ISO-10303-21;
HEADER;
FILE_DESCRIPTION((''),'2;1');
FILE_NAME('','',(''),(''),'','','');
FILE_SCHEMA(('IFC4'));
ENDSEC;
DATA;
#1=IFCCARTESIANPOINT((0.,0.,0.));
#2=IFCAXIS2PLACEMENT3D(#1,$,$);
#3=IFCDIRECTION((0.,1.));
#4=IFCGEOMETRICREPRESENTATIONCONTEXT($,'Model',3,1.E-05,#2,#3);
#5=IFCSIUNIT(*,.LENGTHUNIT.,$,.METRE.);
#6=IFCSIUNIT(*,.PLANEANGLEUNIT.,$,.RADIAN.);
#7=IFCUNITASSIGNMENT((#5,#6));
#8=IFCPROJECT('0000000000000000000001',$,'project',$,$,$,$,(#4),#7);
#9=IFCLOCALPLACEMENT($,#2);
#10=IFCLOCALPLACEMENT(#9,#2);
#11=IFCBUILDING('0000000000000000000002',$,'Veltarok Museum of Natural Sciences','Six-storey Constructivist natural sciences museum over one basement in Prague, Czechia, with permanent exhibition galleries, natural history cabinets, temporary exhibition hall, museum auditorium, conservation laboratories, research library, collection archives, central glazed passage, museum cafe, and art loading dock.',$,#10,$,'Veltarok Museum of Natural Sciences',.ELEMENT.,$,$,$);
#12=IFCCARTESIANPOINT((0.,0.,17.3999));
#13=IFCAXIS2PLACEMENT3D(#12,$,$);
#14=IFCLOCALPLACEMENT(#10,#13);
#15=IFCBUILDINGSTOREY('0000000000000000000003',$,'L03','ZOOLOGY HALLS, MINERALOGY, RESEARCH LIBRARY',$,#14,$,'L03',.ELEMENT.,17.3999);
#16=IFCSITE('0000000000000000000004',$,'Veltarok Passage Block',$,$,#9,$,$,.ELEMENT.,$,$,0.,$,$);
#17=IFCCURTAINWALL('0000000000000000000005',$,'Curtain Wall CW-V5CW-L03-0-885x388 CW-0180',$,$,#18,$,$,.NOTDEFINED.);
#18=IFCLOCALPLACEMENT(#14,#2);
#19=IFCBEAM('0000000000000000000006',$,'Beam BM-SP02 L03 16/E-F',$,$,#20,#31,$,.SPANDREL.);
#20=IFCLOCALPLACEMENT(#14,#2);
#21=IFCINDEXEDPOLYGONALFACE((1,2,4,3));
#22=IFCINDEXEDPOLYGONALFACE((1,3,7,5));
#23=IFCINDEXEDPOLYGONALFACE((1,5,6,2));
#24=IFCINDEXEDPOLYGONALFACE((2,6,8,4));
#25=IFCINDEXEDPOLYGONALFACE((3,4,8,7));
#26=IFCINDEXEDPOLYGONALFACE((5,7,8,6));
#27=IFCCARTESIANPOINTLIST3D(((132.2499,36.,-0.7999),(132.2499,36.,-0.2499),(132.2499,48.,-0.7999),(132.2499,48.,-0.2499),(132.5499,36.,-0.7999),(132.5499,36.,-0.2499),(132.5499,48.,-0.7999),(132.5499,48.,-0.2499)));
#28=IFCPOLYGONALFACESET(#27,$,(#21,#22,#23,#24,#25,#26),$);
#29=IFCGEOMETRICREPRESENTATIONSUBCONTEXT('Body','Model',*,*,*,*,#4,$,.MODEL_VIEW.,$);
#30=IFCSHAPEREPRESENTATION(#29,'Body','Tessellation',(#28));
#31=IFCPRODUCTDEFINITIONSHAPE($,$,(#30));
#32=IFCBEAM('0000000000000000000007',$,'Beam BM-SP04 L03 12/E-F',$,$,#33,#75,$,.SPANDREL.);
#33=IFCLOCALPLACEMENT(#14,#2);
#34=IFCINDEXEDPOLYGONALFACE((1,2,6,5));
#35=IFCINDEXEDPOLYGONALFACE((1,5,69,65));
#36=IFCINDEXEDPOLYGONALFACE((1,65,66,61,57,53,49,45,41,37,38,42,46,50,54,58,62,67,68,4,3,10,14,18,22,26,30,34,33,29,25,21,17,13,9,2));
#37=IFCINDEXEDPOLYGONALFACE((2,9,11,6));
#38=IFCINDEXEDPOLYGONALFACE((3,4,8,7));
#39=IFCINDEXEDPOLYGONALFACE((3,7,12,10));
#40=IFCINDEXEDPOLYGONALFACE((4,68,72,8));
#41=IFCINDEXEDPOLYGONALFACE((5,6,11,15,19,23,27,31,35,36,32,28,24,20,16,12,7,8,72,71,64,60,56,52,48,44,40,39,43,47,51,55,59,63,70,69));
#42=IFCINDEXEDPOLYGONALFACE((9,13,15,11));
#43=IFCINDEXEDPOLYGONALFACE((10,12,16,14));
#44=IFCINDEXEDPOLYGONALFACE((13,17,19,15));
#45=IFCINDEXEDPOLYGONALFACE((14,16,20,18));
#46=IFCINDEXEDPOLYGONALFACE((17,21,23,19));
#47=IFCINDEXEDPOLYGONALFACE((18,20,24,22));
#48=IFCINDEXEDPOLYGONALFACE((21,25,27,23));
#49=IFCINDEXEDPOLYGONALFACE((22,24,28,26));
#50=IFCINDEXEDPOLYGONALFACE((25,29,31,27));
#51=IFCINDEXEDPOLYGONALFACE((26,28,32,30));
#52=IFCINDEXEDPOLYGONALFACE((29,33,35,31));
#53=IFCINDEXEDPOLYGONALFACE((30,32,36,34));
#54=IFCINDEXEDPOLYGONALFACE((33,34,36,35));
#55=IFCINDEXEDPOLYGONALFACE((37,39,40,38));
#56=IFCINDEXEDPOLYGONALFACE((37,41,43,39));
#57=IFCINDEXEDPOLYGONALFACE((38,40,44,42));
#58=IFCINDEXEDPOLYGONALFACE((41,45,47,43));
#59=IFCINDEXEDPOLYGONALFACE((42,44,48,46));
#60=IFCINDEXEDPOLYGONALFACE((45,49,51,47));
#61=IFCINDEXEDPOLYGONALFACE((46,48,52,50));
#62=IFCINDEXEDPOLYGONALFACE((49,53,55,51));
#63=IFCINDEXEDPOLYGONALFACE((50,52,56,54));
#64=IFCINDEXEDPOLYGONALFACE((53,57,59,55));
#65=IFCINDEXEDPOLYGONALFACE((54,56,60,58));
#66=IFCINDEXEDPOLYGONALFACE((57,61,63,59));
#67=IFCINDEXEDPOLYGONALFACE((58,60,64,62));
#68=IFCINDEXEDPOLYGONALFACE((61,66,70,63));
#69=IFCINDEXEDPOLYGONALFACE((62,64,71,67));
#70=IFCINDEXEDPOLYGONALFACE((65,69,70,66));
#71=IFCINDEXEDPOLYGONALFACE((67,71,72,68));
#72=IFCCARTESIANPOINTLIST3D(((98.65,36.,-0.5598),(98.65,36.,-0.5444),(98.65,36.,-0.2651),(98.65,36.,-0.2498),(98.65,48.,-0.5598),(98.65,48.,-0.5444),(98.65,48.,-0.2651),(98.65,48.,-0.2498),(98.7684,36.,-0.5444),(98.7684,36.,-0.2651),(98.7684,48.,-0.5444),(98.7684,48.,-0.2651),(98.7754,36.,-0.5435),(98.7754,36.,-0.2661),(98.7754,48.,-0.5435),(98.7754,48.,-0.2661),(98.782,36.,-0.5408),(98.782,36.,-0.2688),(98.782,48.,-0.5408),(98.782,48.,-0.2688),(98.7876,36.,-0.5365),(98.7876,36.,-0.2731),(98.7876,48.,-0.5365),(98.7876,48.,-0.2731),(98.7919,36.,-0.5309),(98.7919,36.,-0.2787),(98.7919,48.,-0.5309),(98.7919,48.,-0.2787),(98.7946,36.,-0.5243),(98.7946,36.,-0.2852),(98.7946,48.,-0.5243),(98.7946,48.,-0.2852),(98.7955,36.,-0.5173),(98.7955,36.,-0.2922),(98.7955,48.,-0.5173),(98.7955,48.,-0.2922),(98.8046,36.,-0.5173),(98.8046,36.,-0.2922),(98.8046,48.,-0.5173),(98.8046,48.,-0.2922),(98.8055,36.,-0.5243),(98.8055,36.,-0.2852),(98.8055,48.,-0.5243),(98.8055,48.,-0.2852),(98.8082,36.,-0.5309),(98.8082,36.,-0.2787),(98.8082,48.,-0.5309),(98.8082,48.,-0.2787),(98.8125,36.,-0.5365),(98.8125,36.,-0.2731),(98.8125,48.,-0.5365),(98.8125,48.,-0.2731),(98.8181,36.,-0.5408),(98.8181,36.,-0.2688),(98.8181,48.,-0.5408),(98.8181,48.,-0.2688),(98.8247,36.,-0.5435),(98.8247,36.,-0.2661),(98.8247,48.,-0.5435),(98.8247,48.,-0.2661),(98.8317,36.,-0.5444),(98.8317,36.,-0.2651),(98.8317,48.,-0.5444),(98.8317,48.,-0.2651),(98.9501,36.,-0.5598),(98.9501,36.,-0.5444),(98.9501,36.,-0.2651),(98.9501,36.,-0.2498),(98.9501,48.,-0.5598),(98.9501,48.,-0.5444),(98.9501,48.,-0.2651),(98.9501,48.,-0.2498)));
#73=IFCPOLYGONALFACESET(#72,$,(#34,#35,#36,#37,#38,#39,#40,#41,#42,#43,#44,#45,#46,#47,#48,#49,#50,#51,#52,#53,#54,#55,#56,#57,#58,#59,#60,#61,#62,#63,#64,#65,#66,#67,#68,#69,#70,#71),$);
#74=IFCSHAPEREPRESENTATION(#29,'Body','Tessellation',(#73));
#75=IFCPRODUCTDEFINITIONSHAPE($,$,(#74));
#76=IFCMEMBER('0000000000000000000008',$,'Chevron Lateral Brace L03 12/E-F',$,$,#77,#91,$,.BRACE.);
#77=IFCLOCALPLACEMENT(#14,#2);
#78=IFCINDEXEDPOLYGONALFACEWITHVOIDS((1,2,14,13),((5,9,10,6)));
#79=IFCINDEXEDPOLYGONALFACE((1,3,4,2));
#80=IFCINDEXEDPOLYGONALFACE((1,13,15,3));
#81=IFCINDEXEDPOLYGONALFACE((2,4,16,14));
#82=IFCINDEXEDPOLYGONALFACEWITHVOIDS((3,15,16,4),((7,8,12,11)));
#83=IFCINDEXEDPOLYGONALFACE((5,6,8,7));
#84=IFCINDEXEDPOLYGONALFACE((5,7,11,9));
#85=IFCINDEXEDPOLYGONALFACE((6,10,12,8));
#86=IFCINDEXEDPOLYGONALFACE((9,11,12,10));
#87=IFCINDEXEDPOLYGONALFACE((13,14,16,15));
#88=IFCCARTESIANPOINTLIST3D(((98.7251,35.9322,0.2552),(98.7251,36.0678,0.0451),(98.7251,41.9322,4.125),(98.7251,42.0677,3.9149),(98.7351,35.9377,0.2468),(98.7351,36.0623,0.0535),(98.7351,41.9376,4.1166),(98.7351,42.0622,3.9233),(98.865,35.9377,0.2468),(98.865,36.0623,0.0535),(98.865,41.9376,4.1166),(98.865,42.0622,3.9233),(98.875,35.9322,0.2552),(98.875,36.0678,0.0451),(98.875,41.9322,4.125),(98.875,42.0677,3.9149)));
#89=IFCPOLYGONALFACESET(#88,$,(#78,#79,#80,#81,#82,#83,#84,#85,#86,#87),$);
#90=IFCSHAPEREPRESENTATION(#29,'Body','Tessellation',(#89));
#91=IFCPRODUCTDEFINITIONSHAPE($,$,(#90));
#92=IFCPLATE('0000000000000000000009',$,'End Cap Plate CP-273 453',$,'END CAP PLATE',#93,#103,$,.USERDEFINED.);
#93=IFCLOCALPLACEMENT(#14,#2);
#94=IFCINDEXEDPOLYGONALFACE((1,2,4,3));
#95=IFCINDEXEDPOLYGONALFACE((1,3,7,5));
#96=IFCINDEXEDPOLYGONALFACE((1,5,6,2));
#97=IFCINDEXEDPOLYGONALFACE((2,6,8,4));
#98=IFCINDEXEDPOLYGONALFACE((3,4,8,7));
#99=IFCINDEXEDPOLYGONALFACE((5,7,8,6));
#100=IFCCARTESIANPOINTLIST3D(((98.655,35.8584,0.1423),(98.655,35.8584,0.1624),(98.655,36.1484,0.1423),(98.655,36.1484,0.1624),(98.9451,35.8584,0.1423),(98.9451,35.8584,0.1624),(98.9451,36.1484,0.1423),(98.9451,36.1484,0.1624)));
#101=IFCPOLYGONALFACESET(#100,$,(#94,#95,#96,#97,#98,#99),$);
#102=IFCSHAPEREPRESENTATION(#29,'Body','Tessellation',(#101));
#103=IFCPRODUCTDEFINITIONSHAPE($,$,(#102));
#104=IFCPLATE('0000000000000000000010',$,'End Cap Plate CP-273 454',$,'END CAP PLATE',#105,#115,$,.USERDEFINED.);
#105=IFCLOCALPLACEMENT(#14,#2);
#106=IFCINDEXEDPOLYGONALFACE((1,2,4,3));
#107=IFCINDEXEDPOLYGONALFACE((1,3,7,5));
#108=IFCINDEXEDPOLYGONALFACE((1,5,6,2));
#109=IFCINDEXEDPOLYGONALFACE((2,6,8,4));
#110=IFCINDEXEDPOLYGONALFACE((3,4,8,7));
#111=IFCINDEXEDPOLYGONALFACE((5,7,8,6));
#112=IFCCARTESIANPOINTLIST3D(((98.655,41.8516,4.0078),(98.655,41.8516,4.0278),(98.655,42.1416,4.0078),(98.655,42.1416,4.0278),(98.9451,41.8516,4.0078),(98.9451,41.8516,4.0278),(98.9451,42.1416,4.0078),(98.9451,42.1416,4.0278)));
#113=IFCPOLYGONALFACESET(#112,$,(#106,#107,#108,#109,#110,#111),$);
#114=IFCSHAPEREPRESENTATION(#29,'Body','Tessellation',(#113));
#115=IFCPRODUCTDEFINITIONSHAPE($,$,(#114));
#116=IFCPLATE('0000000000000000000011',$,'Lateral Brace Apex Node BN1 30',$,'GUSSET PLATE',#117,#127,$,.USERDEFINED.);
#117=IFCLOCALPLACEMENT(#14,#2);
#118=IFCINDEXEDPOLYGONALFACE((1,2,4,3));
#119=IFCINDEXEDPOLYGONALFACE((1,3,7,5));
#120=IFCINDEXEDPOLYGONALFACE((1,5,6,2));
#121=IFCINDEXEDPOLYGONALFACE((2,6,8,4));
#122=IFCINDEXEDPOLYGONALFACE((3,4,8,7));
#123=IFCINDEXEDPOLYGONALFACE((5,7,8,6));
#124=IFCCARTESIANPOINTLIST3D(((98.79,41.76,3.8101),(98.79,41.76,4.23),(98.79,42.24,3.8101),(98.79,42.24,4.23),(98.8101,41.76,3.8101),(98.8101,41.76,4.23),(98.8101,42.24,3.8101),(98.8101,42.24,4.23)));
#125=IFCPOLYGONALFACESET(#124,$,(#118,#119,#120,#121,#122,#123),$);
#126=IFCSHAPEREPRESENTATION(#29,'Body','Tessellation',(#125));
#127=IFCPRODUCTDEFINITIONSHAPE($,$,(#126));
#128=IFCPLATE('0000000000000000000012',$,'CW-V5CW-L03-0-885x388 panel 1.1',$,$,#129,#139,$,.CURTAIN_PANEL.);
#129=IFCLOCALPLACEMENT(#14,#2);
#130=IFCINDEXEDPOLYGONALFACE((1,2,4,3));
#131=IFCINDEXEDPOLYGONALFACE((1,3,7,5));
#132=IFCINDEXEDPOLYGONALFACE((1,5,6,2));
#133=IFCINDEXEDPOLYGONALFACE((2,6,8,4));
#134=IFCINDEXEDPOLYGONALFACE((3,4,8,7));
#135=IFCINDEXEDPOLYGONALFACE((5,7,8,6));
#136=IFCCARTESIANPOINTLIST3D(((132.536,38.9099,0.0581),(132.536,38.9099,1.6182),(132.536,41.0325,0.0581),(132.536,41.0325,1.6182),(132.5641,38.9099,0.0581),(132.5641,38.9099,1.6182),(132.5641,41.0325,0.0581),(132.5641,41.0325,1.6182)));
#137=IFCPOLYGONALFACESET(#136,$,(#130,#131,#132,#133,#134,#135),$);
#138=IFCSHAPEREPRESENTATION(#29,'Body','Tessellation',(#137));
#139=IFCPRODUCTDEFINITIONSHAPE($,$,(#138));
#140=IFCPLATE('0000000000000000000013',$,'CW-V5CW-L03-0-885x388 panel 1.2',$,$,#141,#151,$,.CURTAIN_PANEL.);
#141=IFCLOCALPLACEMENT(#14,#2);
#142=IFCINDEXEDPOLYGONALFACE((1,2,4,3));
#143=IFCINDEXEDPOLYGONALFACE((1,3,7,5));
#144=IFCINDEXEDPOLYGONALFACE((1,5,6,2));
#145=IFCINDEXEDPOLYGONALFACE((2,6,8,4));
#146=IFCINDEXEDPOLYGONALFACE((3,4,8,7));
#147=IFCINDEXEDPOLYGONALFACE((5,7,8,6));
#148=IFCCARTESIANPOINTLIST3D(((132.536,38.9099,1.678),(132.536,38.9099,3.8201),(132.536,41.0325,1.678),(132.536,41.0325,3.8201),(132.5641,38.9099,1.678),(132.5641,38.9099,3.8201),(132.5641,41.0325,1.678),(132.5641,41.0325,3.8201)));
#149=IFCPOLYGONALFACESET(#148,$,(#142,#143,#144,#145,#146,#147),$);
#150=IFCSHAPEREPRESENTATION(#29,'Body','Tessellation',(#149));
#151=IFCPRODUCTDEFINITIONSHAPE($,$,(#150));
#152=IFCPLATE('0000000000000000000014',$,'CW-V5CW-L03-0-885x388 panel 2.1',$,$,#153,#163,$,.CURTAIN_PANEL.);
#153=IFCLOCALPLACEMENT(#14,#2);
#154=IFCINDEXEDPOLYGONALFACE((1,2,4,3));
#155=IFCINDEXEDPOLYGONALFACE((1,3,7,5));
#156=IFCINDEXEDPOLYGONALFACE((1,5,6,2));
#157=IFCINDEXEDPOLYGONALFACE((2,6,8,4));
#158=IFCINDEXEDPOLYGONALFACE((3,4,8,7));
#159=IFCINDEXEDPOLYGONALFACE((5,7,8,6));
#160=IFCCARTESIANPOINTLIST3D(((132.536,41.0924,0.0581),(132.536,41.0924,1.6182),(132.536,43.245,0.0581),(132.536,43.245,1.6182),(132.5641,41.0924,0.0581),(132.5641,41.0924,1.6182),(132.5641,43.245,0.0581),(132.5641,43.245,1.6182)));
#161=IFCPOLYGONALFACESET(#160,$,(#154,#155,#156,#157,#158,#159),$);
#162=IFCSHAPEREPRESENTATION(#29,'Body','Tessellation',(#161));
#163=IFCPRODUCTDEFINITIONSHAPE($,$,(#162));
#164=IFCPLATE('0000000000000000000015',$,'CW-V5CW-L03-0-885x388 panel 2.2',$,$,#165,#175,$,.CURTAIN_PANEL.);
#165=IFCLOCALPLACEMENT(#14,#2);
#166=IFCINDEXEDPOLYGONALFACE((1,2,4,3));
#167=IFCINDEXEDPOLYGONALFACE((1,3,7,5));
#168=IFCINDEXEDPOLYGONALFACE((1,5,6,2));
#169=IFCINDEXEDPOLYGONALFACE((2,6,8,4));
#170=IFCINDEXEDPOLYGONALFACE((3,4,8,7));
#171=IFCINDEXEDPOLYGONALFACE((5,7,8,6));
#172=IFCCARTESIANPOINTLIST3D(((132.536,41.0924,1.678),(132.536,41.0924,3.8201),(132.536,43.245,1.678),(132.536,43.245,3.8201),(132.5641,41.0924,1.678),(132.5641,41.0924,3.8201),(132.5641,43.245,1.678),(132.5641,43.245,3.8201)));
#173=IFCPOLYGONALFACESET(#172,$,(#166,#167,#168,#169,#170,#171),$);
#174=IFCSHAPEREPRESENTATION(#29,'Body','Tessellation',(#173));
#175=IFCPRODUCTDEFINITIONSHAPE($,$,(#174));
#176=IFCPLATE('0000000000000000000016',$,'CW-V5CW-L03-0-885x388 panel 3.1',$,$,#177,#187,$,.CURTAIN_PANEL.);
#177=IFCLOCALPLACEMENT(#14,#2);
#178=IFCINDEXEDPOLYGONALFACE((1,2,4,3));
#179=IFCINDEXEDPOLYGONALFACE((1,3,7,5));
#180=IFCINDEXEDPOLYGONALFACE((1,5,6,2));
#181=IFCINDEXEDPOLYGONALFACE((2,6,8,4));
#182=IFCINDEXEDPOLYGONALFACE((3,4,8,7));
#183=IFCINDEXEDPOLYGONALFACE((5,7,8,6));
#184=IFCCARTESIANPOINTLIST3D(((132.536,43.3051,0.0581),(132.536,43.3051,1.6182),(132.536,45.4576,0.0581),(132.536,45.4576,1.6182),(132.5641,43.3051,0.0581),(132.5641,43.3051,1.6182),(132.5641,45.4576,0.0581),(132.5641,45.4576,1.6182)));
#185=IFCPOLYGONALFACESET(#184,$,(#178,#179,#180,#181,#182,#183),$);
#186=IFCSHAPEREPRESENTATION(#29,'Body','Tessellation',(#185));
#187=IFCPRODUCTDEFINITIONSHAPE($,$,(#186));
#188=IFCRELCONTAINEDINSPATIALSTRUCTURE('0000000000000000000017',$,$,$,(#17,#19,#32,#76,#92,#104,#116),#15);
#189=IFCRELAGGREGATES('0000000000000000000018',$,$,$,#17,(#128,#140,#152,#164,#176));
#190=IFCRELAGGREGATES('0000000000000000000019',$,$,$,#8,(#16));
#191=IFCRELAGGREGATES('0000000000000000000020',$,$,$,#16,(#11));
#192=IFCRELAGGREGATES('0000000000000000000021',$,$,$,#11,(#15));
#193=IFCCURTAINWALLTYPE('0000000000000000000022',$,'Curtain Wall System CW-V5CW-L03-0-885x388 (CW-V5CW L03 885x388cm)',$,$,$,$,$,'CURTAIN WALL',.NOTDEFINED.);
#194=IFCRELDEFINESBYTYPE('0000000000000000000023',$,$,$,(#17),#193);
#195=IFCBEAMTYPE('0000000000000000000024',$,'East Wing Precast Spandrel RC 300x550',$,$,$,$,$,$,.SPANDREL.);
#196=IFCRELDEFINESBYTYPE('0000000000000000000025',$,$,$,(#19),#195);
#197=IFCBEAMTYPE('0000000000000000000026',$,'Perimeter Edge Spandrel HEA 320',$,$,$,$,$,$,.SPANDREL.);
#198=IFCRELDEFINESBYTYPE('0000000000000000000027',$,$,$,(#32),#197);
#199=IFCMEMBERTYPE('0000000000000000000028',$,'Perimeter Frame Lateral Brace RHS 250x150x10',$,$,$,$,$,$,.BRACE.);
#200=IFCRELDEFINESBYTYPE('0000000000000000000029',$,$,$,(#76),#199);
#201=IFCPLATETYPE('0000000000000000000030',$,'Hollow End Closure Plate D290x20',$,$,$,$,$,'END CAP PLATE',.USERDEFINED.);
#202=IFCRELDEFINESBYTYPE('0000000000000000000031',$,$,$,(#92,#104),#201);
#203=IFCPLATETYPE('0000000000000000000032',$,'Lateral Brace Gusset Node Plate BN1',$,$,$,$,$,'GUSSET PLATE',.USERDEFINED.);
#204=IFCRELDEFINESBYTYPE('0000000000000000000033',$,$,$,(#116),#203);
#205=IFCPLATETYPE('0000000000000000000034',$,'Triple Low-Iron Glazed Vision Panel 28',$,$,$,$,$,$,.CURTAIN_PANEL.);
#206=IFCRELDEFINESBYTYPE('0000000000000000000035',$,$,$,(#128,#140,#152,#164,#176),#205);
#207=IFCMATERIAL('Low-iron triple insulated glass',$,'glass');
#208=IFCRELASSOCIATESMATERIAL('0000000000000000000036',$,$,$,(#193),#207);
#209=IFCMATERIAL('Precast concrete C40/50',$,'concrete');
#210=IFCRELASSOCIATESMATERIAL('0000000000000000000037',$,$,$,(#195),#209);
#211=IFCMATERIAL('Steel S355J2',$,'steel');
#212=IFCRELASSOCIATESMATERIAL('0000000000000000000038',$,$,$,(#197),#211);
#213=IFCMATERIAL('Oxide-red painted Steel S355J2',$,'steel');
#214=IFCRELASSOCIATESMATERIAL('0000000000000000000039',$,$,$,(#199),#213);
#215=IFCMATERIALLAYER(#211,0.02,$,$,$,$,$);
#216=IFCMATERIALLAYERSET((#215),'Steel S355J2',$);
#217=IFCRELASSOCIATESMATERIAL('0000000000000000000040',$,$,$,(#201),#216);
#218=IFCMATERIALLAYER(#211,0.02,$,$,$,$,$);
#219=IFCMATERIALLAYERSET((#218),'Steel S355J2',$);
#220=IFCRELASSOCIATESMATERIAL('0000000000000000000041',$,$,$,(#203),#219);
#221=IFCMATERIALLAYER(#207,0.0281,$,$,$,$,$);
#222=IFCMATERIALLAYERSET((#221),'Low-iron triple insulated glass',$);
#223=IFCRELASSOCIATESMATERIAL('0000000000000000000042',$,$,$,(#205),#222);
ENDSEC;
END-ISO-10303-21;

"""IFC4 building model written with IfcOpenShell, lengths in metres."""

from ifc_helpers import new_model, si_unit, direction, frame, origin, origin_2d, place, context, subcontext, project, spatial, rectangle, hollow_rectangle, i_section, extrude, material, layer, layer_set, material_profile, profile_set, type_object, element, aggregate, save


model = new_model("IFC4")

# Units and contexts
model_context = context("Model", 3, precision=1e-05, world=origin(), true_north=direction((0.0, 1.0)))
body_context = subcontext(model_context, "Body", "Model", "MODEL_VIEW")
ifc_project = project(units=[si_unit("LENGTHUNIT", "METRE"), si_unit("PLANEANGLEUNIT", "RADIAN")], contexts=[model_context])

# Site, building, storey
site_placement = place(None, origin())
site = spatial("IfcSite", under=ifc_project, at=site_placement, Name="Veltarok Passage Block", CompositionType="ELEMENT", RefElevation=0.0)
building_placement = place(site_placement, origin())
building = spatial("IfcBuilding", under=site, at=building_placement, Name="Veltarok Museum of Natural Sciences", Description="Six-storey Constructivist natural sciences museum over one basement in Prague, Czechia, with permanent exhibition galleries, natural history cabinets, temporary exhibition hall, museum auditorium, conservation laboratories, research library, collection archives, central glazed passage, museum cafe, and art loading dock.", LongName="Veltarok Museum of Natural Sciences", CompositionType="ELEMENT")
storey_placement = place(building_placement, frame((0.0, 0.0, 17.3999)))
storey = spatial("IfcBuildingStorey", under=building, at=storey_placement, Name="L03", Description="ZOOLOGY HALLS, MINERALOGY, RESEARCH LIBRARY", LongName="L03", CompositionType="ELEMENT", Elevation=17.3999)

# Shared definitions
ifc_material_1 = material(Name="Steel S355J2", Category="steel")

# Curtain wall
ifc_material_2 = material(Name="Low-iron triple insulated glass", Category="glass")
curtain_wall_type = type_object("IfcCurtainWallType", Name="Curtain Wall System CW-V5CW-L03-0-885x388 (CW-V5CW L03 885x388cm)", ElementType="CURTAIN WALL", PredefinedType="NOTDEFINED", material=ifc_material_2)
curtain_wall_placement = place(storey_placement, origin())
curtain_wall = element("IfcCurtainWall", 1, at=curtain_wall_placement, inside=storey, type_object=curtain_wall_type, Name="Curtain Wall CW-V5CW-L03-0-885x388 CW-0180", PredefinedType="NOTDEFINED")

# Beams
ifc_material_3 = material(Name="Precast concrete C40/50", Category="concrete")
ifc_material_profile_1 = material_profile(ifc_material_3, rectangle(XDim=0.3, YDim=0.55, at=origin_2d()), Name="RC 300x550")
ifc_profile_set_1 = profile_set([ifc_material_profile_1], Name="Precast concrete C40/50")
beam_type_1 = type_object("IfcBeamType", Name="East Wing Precast Spandrel RC 300x550", PredefinedType="SPANDREL", material=ifc_profile_set_1)
beam_1_placement = place(storey_placement, frame((132.3999, 36.0, -0.5249), z_axis=(0.0, 1.0, 0.0), x_axis=(-1.0, 0.0, 0.0)))
element("IfcBeam", 2, at=beam_1_placement, inside=storey, type_object=beam_type_1, Name="Beam BM-SP02 L03 16/E-F", PredefinedType="SPANDREL", context=body_context, shape_type="SweptSolid", body=[
    extrude(rectangle(XDim=0.3, YDim=0.55, at=origin_2d()), origin(), (0.0, 0.0, 1.0), 12.0),
])
ifc_material_profile_2 = material_profile(ifc_material_1, i_section(OverallWidth=0.3, OverallDepth=0.3101, WebThickness=0.009, FlangeThickness=0.0154, FilletRadius=0.0271, at=origin_2d()), Name="HEA 320")
ifc_profile_set_2 = profile_set([ifc_material_profile_2], Name="Steel S355J2")
beam_type_2 = type_object("IfcBeamType", Name="Perimeter Edge Spandrel HEA 320", PredefinedType="SPANDREL", material=ifc_profile_set_2)
beam_2_placement = place(storey_placement, frame((98.8, 36.0, -0.4048), z_axis=(0.0, 1.0, 0.0), x_axis=(-1.0, 0.0, 0.0)))
element("IfcBeam", 3, at=beam_2_placement, inside=storey, type_object=beam_type_2, Name="Beam BM-SP04 L03 12/E-F", PredefinedType="SPANDREL", context=body_context, shape_type="SweptSolid", body=[
    extrude(i_section(OverallWidth=0.3, OverallDepth=0.3101, WebThickness=0.009, FlangeThickness=0.0154, FilletRadius=0.0271, at=origin_2d()), origin(), (0.0, 0.0, 1.0), 12.0),
])

# Member
ifc_material_4 = material(Name="Oxide-red painted Steel S355J2", Category="steel")
ifc_material_profile_3 = material_profile(ifc_material_4, hollow_rectangle(XDim=0.1499, YDim=0.25, WallThickness=0.01, at=origin_2d()), Name="RHS 250x150x10")
ifc_profile_set_3 = profile_set([ifc_material_profile_3], Name="Oxide-red painted Steel S355J2")
member_type_1 = type_object("IfcMemberType", Name="Perimeter Frame Lateral Brace RHS 250x150x10", PredefinedType="BRACE", material=ifc_profile_set_3)
member_1_placement = place(storey_placement, frame((98.8, 36.0, 0.1501), z_axis=(0.0, 0.840366, 0.542019), x_axis=(-1.0, 0.0, 0.0)))
element("IfcMember", 4, at=member_1_placement, inside=storey, type_object=member_type_1, Name="Chevron Lateral Brace L03 12/E-F", PredefinedType="BRACE", context=body_context, shape_type="SweptSolid", body=[
    extrude(hollow_rectangle(XDim=0.1499, YDim=0.25, WallThickness=0.01, at=origin_2d()), origin(), (0.0, 0.0, 1.0), 7.1396),
])

# Plates
ifc_layer_1 = layer(ifc_material_1, 0.02)
ifc_layer_set_1 = layer_set([ifc_layer_1], Name="Steel S355J2")
plate_type_1 = type_object("IfcPlateType", Name="Hollow End Closure Plate D290x20", ElementType="END CAP PLATE", PredefinedType="USERDEFINED", material=ifc_layer_set_1)
for number, where, z_axis, x_axis, name in (
    (5, (98.8, 36.0034, 0.1423), (0.0, 0.0, 1.0), (0.0, 1.0, 0.0), "End Cap Plate CP-273 453"),
    (6, (98.8, 41.9966, 4.0078), (0.0, 0.0, 1.0), (0.0, 1.0, 0.0), "End Cap Plate CP-273 454"),
):
    element("IfcPlate", number, at=place(storey_placement, frame(where, z_axis=z_axis, x_axis=x_axis)), inside=storey, type_object=plate_type_1, Name=name, ObjectType="END CAP PLATE", PredefinedType="USERDEFINED", context=body_context, shape_type="SweptSolid", body=[
        extrude(rectangle(XDim=0.29, YDim=0.29, at=origin_2d()), origin(), (0.0, 0.0, 1.0), 0.02),
    ])
ifc_layer_2 = layer(ifc_material_1, 0.02)
ifc_layer_set_2 = layer_set([ifc_layer_2], Name="Steel S355J2")
plate_type_2 = type_object("IfcPlateType", Name="Lateral Brace Gusset Node Plate BN1", ElementType="GUSSET PLATE", PredefinedType="USERDEFINED", material=ifc_layer_set_2)
plate_1_placement = place(storey_placement, frame((98.8, 42.0, 3.8101), z_axis=(0.0, 0.0, 1.0), x_axis=(1.0, 0.0, 0.0)))
element("IfcPlate", 7, at=plate_1_placement, inside=storey, type_object=plate_type_2, Name="Lateral Brace Apex Node BN1 30", ObjectType="GUSSET PLATE", PredefinedType="USERDEFINED", context=body_context, shape_type="SweptSolid", body=[
    extrude(rectangle(XDim=0.02, YDim=0.48, at=origin_2d()), origin(), (0.0, 0.0, 1.0), 0.4199),
])

# Plates
ifc_layer_3 = layer(ifc_material_2, 0.0281)
ifc_layer_set_3 = layer_set([ifc_layer_3], Name="Low-iron triple insulated glass")
plate_type_3 = type_object("IfcPlateType", Name="Triple Low-Iron Glazed Vision Panel 28", PredefinedType="CURTAIN_PANEL", material=ifc_layer_set_3)
plate_2_placement = place(storey_placement, frame((132.55, 39.9712, 0.0581), z_axis=(0.0, 0.0, 1.0), x_axis=(0.0, 1.0, 0.0)))
plate_2 = element("IfcPlate", 8, at=plate_2_placement, type_object=plate_type_3, Name="CW-V5CW-L03-0-885x388 panel 1.1", PredefinedType="CURTAIN_PANEL", context=body_context, shape_type="SweptSolid", body=[
    extrude(rectangle(XDim=2.1226, YDim=0.0281, at=origin_2d()), origin(), (0.0, 0.0, 1.0), 1.5601),
])
plate_3_placement = place(storey_placement, frame((132.55, 39.9712, 1.678), z_axis=(0.0, 0.0, 1.0), x_axis=(0.0, 1.0, 0.0)))
plate_3 = element("IfcPlate", 9, at=plate_3_placement, type_object=plate_type_3, Name="CW-V5CW-L03-0-885x388 panel 1.2", PredefinedType="CURTAIN_PANEL", context=body_context, shape_type="SweptSolid", body=[
    extrude(rectangle(XDim=2.1226, YDim=0.0281, at=origin_2d()), origin(), (0.0, 0.0, 1.0), 2.1421),
])
plate_4_placement = place(storey_placement, frame((132.55, 42.1687, 0.0581), z_axis=(0.0, 0.0, 1.0), x_axis=(0.0, 1.0, 0.0)))
plate_4 = element("IfcPlate", 10, at=plate_4_placement, type_object=plate_type_3, Name="CW-V5CW-L03-0-885x388 panel 2.1", PredefinedType="CURTAIN_PANEL", context=body_context, shape_type="SweptSolid", body=[
    extrude(rectangle(XDim=2.1526, YDim=0.0281, at=origin_2d()), origin(), (0.0, 0.0, 1.0), 1.5601),
])
plate_5_placement = place(storey_placement, frame((132.55, 42.1687, 1.678), z_axis=(0.0, 0.0, 1.0), x_axis=(0.0, 1.0, 0.0)))
plate_5 = element("IfcPlate", 11, at=plate_5_placement, type_object=plate_type_3, Name="CW-V5CW-L03-0-885x388 panel 2.2", PredefinedType="CURTAIN_PANEL", context=body_context, shape_type="SweptSolid", body=[
    extrude(rectangle(XDim=2.1526, YDim=0.0281, at=origin_2d()), origin(), (0.0, 0.0, 1.0), 2.1421),
])
plate_6_placement = place(storey_placement, frame((132.55, 44.3813, 0.0581), z_axis=(0.0, 0.0, 1.0), x_axis=(0.0, 1.0, 0.0)))
plate_6 = element("IfcPlate", 12, at=plate_6_placement, type_object=plate_type_3, Name="CW-V5CW-L03-0-885x388 panel 3.1", PredefinedType="CURTAIN_PANEL", context=body_context, shape_type="SweptSolid", body=[
    extrude(rectangle(XDim=2.1526, YDim=0.0281, at=origin_2d()), origin(), (0.0, 0.0, 1.0), 1.5601),
])
aggregate(curtain_wall, [plate_2, plate_3, plate_4, plate_5, plate_6])

save(model, "model.ifc")
